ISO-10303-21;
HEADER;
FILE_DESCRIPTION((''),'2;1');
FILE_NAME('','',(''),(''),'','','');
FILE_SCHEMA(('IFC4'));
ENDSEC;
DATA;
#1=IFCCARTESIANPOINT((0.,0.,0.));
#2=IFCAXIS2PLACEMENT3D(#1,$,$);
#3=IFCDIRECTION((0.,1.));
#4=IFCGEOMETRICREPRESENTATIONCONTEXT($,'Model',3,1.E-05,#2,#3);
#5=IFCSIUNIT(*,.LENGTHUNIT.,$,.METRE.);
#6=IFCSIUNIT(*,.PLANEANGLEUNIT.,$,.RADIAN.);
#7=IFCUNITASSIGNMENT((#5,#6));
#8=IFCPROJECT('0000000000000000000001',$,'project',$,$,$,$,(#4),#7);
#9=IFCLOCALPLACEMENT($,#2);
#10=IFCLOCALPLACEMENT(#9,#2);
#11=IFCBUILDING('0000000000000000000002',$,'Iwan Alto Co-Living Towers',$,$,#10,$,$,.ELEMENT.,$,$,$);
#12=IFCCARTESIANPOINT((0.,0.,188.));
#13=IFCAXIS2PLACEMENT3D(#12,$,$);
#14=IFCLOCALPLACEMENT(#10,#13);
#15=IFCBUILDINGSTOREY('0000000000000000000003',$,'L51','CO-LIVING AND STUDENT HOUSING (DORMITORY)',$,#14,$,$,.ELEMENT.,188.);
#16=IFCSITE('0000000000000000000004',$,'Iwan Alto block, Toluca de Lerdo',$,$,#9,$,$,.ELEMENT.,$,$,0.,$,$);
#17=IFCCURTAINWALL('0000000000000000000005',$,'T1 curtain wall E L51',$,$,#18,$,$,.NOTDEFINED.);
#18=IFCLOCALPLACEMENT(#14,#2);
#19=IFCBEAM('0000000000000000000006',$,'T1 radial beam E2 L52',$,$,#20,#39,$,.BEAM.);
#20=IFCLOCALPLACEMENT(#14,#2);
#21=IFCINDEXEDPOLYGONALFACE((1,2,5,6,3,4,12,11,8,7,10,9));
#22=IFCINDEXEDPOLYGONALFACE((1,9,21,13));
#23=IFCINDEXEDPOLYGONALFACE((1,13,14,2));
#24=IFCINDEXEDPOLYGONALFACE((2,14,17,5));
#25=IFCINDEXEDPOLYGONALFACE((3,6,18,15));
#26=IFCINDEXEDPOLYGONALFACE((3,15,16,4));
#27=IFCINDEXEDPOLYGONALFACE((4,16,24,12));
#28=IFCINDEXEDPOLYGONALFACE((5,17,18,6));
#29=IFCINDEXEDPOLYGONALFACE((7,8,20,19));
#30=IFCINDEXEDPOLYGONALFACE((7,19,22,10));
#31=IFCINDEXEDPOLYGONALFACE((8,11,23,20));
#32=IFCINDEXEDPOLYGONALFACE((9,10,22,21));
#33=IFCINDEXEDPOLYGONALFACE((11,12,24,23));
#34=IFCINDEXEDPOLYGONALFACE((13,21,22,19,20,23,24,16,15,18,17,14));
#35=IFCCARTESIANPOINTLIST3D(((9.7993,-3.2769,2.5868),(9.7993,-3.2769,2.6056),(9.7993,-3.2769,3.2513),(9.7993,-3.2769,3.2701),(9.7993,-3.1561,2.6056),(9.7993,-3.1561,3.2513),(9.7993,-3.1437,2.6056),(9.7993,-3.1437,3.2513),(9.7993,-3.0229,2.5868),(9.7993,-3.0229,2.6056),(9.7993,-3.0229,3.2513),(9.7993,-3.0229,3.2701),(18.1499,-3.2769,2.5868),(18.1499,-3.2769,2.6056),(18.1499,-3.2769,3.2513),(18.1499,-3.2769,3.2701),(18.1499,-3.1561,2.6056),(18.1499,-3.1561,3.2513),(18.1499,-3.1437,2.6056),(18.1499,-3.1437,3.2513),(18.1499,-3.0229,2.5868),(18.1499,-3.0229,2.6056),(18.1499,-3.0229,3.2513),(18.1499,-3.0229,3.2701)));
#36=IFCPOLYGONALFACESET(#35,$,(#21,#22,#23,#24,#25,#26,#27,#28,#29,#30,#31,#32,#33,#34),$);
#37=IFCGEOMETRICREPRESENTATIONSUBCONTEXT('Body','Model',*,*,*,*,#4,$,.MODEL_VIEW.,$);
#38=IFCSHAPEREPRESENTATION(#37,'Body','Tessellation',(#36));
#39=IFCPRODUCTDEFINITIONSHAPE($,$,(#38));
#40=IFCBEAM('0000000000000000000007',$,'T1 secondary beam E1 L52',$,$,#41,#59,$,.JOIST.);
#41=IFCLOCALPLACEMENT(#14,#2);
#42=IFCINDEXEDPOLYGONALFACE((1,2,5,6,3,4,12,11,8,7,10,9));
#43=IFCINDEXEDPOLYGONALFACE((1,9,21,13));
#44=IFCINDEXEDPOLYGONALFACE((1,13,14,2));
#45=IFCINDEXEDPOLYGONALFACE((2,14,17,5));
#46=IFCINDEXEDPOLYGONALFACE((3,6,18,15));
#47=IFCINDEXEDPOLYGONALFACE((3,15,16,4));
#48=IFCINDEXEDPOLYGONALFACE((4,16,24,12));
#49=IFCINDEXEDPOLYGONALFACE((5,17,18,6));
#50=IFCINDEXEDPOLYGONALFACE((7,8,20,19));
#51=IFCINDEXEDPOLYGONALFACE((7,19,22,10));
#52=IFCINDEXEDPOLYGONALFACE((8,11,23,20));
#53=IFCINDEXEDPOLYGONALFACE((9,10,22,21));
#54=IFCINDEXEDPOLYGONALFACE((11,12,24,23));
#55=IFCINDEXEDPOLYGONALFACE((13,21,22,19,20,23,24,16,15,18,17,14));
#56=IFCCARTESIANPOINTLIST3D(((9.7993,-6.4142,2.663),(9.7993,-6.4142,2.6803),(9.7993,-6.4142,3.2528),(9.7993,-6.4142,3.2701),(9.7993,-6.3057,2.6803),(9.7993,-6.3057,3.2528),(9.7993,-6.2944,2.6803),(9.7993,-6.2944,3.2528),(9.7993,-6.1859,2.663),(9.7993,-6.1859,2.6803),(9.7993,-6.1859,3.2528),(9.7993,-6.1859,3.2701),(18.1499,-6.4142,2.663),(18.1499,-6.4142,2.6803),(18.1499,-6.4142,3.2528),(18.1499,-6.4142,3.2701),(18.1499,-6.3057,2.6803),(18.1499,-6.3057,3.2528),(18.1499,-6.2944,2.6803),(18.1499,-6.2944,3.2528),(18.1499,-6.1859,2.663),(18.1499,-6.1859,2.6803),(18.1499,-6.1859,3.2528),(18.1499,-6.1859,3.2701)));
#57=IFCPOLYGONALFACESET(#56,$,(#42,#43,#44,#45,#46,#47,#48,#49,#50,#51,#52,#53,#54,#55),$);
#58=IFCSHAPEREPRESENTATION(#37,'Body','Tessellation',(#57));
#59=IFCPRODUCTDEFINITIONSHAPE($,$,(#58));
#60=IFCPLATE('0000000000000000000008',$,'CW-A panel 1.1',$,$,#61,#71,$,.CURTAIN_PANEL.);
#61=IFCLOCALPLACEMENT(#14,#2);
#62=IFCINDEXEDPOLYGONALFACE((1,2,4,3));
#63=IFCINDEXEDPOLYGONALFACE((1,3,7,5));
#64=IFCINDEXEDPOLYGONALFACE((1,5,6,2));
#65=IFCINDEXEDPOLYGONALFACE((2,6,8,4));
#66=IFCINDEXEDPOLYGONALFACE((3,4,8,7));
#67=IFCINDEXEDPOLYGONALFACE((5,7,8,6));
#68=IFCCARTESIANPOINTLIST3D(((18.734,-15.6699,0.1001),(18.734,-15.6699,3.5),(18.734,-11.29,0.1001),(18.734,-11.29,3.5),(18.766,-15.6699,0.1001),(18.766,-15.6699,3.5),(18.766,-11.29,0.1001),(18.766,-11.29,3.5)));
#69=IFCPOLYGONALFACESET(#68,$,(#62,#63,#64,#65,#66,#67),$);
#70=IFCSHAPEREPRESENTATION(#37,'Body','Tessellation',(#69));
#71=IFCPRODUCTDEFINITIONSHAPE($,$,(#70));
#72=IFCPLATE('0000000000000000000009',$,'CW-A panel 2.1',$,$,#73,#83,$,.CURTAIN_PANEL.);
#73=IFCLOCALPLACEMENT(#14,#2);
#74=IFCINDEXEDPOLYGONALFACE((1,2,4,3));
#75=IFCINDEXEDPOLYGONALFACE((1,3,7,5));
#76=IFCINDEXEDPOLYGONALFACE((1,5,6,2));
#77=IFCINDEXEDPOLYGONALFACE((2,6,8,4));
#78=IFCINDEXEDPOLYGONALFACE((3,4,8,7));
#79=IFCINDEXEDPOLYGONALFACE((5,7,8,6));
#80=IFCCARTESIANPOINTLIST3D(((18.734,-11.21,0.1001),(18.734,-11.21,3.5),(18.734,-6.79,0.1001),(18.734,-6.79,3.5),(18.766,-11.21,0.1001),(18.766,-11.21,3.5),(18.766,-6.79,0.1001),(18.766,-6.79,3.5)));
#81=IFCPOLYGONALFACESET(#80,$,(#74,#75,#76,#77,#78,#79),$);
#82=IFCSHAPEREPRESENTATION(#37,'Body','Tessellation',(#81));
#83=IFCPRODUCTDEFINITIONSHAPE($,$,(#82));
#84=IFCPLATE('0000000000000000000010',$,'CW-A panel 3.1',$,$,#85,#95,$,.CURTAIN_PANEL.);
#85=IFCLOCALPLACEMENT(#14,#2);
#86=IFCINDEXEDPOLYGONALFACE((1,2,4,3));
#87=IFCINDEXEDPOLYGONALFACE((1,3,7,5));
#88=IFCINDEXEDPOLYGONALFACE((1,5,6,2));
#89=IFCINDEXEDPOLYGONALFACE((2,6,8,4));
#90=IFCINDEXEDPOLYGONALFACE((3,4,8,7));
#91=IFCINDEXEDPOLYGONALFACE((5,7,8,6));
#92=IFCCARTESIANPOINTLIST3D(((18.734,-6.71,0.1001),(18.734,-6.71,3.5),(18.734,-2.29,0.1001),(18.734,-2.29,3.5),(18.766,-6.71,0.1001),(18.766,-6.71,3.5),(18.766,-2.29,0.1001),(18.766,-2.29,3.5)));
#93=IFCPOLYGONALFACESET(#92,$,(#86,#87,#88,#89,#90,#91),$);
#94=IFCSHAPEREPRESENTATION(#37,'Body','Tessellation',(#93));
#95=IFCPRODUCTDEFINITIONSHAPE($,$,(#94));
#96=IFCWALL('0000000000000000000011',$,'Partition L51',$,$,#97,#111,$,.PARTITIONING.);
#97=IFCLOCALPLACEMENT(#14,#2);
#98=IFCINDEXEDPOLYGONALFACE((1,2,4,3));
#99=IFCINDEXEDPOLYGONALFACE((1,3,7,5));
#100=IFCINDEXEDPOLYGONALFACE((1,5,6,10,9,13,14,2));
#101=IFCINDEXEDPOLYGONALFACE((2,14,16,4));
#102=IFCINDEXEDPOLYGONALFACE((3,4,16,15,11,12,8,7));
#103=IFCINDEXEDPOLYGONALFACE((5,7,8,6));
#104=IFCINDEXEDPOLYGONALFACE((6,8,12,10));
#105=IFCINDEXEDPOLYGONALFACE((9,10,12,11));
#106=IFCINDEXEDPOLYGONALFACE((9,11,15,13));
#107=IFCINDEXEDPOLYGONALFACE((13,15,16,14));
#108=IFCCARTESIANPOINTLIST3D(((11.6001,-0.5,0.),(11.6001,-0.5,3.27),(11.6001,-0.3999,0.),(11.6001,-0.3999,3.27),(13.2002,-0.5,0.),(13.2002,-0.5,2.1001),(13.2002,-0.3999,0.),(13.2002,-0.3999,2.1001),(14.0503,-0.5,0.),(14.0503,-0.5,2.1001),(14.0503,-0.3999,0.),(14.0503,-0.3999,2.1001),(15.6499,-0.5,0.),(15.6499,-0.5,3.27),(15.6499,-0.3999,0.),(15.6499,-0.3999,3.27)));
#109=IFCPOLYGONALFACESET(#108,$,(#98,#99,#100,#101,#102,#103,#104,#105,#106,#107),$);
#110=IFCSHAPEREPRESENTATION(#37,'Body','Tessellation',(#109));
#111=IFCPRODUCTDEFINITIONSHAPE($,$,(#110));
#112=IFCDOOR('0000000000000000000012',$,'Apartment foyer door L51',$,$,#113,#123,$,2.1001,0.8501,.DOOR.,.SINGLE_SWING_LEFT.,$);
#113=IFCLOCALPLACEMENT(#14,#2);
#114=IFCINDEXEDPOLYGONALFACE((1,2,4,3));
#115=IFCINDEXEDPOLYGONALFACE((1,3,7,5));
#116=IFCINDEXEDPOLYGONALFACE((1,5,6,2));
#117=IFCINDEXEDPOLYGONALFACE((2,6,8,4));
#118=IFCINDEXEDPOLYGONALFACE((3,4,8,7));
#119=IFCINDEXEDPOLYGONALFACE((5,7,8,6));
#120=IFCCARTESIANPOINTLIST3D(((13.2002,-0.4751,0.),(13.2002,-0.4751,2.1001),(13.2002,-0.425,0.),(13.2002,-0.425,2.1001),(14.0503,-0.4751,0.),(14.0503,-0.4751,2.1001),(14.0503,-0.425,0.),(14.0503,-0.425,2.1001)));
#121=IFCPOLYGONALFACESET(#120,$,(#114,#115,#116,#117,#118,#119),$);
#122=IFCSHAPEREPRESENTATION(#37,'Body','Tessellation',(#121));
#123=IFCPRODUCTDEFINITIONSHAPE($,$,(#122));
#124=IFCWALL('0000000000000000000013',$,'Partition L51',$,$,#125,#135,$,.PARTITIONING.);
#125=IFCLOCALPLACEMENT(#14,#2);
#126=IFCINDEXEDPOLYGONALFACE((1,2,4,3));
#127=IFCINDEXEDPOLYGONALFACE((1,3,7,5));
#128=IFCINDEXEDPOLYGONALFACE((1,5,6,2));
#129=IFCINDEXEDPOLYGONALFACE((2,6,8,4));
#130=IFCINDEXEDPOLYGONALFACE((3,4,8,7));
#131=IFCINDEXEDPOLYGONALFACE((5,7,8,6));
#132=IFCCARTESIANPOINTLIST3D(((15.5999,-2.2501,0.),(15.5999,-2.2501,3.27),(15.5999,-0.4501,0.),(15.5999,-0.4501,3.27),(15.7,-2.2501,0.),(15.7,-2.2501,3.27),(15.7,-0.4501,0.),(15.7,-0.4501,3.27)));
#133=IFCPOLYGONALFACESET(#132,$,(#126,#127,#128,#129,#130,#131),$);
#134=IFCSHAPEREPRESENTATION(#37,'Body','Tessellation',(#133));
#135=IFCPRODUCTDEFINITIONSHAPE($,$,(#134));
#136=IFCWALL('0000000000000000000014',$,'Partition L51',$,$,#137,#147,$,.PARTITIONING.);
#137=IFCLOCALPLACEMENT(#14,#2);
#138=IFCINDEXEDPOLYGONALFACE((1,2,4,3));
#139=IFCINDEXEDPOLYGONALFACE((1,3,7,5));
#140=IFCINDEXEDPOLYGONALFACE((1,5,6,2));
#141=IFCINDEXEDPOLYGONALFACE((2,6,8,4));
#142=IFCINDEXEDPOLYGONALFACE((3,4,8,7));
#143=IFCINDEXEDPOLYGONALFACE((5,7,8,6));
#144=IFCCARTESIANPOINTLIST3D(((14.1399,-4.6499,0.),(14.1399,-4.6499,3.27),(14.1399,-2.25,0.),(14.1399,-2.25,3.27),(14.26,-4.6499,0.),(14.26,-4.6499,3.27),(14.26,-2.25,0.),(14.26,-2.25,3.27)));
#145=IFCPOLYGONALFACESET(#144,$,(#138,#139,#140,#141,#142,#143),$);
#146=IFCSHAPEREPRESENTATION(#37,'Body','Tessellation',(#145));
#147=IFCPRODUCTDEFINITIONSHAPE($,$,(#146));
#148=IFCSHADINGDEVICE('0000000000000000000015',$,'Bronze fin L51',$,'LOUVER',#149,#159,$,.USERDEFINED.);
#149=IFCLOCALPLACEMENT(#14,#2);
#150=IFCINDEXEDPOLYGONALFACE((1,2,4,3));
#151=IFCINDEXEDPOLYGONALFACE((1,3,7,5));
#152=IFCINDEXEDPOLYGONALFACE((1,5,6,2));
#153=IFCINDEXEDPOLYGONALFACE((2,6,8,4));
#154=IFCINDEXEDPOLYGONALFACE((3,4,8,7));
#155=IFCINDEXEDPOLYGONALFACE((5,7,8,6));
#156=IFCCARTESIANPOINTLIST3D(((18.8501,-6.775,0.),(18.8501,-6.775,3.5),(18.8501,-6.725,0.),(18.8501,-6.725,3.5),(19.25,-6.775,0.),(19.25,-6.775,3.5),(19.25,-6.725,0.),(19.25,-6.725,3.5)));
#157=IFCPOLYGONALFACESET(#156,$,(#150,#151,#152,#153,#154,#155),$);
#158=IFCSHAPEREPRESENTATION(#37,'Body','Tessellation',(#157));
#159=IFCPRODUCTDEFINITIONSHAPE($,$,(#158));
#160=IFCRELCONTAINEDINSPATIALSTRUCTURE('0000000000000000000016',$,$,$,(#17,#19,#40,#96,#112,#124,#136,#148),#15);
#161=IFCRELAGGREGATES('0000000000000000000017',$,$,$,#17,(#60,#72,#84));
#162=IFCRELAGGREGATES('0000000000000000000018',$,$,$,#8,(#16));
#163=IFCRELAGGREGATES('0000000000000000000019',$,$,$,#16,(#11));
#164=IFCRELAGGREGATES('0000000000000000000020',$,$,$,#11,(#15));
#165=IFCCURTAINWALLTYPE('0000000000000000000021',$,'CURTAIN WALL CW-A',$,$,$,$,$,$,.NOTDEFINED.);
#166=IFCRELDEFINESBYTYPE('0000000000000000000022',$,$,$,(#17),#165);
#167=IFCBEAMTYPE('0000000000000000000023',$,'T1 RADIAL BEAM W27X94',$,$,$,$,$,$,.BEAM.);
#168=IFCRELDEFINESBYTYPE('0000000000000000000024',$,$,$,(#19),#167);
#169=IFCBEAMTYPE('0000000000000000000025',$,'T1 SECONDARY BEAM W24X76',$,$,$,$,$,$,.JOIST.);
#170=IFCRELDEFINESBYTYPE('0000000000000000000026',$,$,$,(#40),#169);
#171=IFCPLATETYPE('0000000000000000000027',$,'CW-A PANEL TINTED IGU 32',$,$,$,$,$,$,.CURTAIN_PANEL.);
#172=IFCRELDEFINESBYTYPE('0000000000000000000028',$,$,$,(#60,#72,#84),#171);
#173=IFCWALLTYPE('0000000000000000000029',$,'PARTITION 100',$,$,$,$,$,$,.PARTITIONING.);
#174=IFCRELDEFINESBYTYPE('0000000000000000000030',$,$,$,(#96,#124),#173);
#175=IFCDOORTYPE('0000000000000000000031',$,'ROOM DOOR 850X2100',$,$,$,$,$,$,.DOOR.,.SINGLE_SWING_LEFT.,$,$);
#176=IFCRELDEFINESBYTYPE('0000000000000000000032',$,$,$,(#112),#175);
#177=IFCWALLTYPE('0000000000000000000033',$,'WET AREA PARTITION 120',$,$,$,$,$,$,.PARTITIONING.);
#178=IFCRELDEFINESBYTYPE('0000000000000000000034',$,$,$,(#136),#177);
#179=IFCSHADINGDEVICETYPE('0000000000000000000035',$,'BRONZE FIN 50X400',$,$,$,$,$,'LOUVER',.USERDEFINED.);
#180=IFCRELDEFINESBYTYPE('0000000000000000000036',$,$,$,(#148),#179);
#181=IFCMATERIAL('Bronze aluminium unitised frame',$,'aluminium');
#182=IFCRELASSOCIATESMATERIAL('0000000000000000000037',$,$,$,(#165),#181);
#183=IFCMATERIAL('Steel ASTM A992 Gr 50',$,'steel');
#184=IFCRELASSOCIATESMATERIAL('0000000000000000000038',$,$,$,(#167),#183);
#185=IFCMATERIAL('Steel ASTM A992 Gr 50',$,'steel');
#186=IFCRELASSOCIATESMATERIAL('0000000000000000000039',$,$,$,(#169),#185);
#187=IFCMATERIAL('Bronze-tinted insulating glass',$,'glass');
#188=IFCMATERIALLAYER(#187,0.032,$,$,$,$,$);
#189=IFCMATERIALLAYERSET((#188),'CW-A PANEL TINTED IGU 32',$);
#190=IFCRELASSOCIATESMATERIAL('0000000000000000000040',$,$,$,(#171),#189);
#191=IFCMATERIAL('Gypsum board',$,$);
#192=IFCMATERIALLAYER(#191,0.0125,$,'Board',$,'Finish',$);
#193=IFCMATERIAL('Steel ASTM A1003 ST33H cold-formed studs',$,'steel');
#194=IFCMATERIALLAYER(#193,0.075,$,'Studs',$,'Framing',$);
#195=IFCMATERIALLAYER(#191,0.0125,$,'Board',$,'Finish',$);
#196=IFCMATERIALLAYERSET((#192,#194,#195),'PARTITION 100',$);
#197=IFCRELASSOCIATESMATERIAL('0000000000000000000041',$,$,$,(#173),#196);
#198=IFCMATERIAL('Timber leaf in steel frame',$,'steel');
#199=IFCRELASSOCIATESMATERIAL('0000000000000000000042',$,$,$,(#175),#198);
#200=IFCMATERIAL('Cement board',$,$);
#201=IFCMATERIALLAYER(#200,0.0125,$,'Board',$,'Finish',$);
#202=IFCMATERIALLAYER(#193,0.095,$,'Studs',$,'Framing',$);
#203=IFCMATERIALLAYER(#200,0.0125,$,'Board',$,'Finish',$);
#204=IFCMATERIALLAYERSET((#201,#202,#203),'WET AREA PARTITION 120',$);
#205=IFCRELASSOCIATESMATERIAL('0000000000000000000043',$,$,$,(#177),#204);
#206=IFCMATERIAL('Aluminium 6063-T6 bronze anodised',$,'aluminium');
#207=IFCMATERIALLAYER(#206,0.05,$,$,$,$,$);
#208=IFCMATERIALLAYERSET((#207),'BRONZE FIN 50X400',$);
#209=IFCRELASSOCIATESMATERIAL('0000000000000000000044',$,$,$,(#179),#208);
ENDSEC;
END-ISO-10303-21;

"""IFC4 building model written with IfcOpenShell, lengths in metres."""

from ifc_helpers import new_model, si_unit, direction, frame, frame_2d, origin, origin_2d, place, context, subcontext, project, spatial, rectangle, i_section, extrude, material, layer, layer_set, material_profile, profile_set, type_object, element, fill, aggregate, save


model = new_model("IFC4")

# Units and contexts
model_context = context("Model", 3, precision=1e-05, world=origin(), true_north=direction((0.0, 1.0)))
body_context = subcontext(model_context, "Body", "Model", "MODEL_VIEW")
ifc_project = project(units=[si_unit("LENGTHUNIT", "METRE"), si_unit("PLANEANGLEUNIT", "RADIAN")], contexts=[model_context])

# Site, building, storey
site_placement = place(None, origin())
site = spatial("IfcSite", under=ifc_project, at=site_placement, Name="Iwan Alto block, Toluca de Lerdo", CompositionType="ELEMENT", RefElevation=0.0)
building_placement = place(site_placement, origin())
building = spatial("IfcBuilding", under=site, at=building_placement, Name="Iwan Alto Co-Living Towers", CompositionType="ELEMENT")
storey_placement = place(building_placement, frame((0.0, 0.0, 188.0)))
storey = spatial("IfcBuildingStorey", under=building, at=storey_placement, Name="L51", Description="CO-LIVING AND STUDENT HOUSING (DORMITORY)", CompositionType="ELEMENT", Elevation=188.0)

# Curtain wall
ifc_material_1 = material(Name="Bronze aluminium unitised frame", Category="aluminium")
curtain_wall_type = type_object("IfcCurtainWallType", Name="CURTAIN WALL CW-A", PredefinedType="NOTDEFINED", material=ifc_material_1)
curtain_wall_placement = place(storey_placement, origin())
curtain_wall = element("IfcCurtainWall", 1, at=curtain_wall_placement, inside=storey, type_object=curtain_wall_type, Name="T1 curtain wall E L51", PredefinedType="NOTDEFINED")

# Beams
ifc_material_2 = material(Name="Steel ASTM A992 Gr 50", Category="steel")
ifc_material_profile_1 = material_profile(ifc_material_2, i_section(OverallWidth=0.2539, OverallDepth=0.6833, WebThickness=0.0125, FlangeThickness=0.0188, at=origin_2d()), Name="W27X94")
ifc_profile_set_1 = profile_set([ifc_material_profile_1], Name="Steel ASTM A992 Gr 50")
beam_type_1 = type_object("IfcBeamType", Name="T1 RADIAL BEAM W27X94", PredefinedType="BEAM", material=ifc_profile_set_1)
for number, where, z_axis, x_axis, name in (
    (2, (18.1499, -3.1499, 2.9285), (-1.0, 0.0, 0.0), (0.0, -1.0, 0.0), "T1 radial beam E2 L52"),
):
    element("IfcBeam", number, at=place(storey_placement, frame(where, z_axis=z_axis, x_axis=x_axis)), inside=storey, type_object=beam_type_1, Name=name, PredefinedType="BEAM", context=body_context, shape_type="SweptSolid", body=[
        extrude(i_section(OverallWidth=0.2539, OverallDepth=0.6833, WebThickness=0.0125, FlangeThickness=0.0188, at=origin_2d()), origin(), (0.0, 0.0, 1.0), 8.3506),
    ])
ifc_material_3 = material(Name="Steel ASTM A992 Gr 50", Category="steel")
ifc_material_profile_2 = material_profile(ifc_material_3, i_section(OverallWidth=0.2283, OverallDepth=0.6072, WebThickness=0.0112, FlangeThickness=0.0173, at=origin_2d()), Name="W24X76")
ifc_profile_set_2 = profile_set([ifc_material_profile_2], Name="Steel ASTM A992 Gr 50")
beam_type_2 = type_object("IfcBeamType", Name="T1 SECONDARY BEAM W24X76", PredefinedType="JOIST", material=ifc_profile_set_2)
beam_1_placement = place(storey_placement, frame((18.1499, -6.3, 2.9666), z_axis=(-1.0, 0.0, 0.0), x_axis=(0.0, -1.0, 0.0)))
element("IfcBeam", 3, at=beam_1_placement, inside=storey, type_object=beam_type_2, Name="T1 secondary beam E1 L52", PredefinedType="JOIST", context=body_context, shape_type="SweptSolid", body=[
    extrude(i_section(OverallWidth=0.2283, OverallDepth=0.6072, WebThickness=0.0112, FlangeThickness=0.0173, at=origin_2d()), origin(), (0.0, 0.0, 1.0), 8.3506),
])

# Plates
ifc_material_4 = material(Name="Bronze-tinted insulating glass", Category="glass")
ifc_layer_1 = layer(ifc_material_4, 0.032)
ifc_layer_set_1 = layer_set([ifc_layer_1], Name="CW-A PANEL TINTED IGU 32")
plate_type = type_object("IfcPlateType", Name="CW-A PANEL TINTED IGU 32", PredefinedType="CURTAIN_PANEL", material=ifc_layer_set_1)
plate_1_placement = place(storey_placement, frame((18.75, -13.48, 0.1001), z_axis=(0.0, 0.0, 1.0), x_axis=(0.0, 1.0, 0.0)))
plate_1 = element("IfcPlate", 4, at=plate_1_placement, type_object=plate_type, Name="CW-A panel 1.1", PredefinedType="CURTAIN_PANEL", context=body_context, shape_type="SweptSolid", body=[
    extrude(rectangle(XDim=4.3799, YDim=0.032, at=origin_2d()), origin(), (0.0, 0.0, 1.0), 3.3999),
])
plate_2_placement = place(storey_placement, frame((18.75, -9.0, 0.1001), z_axis=(0.0, 0.0, 1.0), x_axis=(0.0, 1.0, 0.0)))
plate_2 = element("IfcPlate", 5, at=plate_2_placement, type_object=plate_type, Name="CW-A panel 2.1", PredefinedType="CURTAIN_PANEL", context=body_context, shape_type="SweptSolid", body=[
    extrude(rectangle(XDim=4.4199, YDim=0.032, at=origin_2d()), origin(), (0.0, 0.0, 1.0), 3.3999),
])
plate_3_placement = place(storey_placement, frame((18.75, -4.5, 0.1001), z_axis=(0.0, 0.0, 1.0), x_axis=(0.0, 1.0, 0.0)))
plate_3 = element("IfcPlate", 6, at=plate_3_placement, type_object=plate_type, Name="CW-A panel 3.1", PredefinedType="CURTAIN_PANEL", context=body_context, shape_type="SweptSolid", body=[
    extrude(rectangle(XDim=4.4199, YDim=0.032, at=origin_2d()), origin(), (0.0, 0.0, 1.0), 3.3999),
])
aggregate(curtain_wall, [plate_1, plate_2, plate_3])

# Wall, opening, door
ifc_material_5 = material(Name="Gypsum board")
ifc_layer_2 = layer(ifc_material_5, 0.0125, Name="Board", Category="Finish")
ifc_material_6 = material(Name="Steel ASTM A1003 ST33H cold-formed studs", Category="steel")
ifc_layer_3 = layer(ifc_material_6, 0.075, Name="Studs", Category="Framing")
ifc_layer_4 = layer(ifc_material_5, 0.0125, Name="Board", Category="Finish")
ifc_layer_set_2 = layer_set([ifc_layer_2, ifc_layer_3, ifc_layer_4], Name="PARTITION 100")
wall_type_1 = type_object("IfcWallType", Name="PARTITION 100", PredefinedType="PARTITIONING", material=ifc_layer_set_2)
wall_1_placement = place(storey_placement, frame((11.6001, -0.45, 0.0), z_axis=(0.0, 0.0, 1.0), x_axis=(1.0, 0.0, 0.0)))
wall_1 = element("IfcWall", 7, at=wall_1_placement, inside=storey, type_object=wall_type_1, Name="Partition L51", PredefinedType="PARTITIONING", context=body_context, shape_type="SweptSolid", body=[
    extrude(rectangle(XDim=4.0498, YDim=0.1001, at=frame_2d((2.0249, 0.0))), origin(), (0.0, 0.0, 1.0), 3.27),
])
opening_placement = place(wall_1_placement, frame((1.6001, 0.0, 0.0)))
opening = element("IfcOpeningElement", 8, at=opening_placement, cuts=wall_1, PredefinedType="OPENING", context=body_context, shape_type="SweptSolid", body=[
    extrude(rectangle(XDim=0.8501, YDim=2.1001, at=frame_2d((0.425, 1.05))), frame((0.0, 0.0601, 0.0), z_axis=(0.0, -1.0, 0.0), x_axis=(1.0, 0.0, 0.0)), (0.0, 0.0, 1.0), 0.1201),
])
ifc_material_7 = material(Name="Timber leaf in steel frame", Category="steel")
door_type = type_object("IfcDoorType", Name="ROOM DOOR 850X2100", OperationType="SINGLE_SWING_LEFT", PredefinedType="DOOR", material=ifc_material_7)
door_placement = place(opening_placement, origin())
door = element("IfcDoor", 9, at=door_placement, inside=storey, type_object=door_type, Name="Apartment foyer door L51", OperationType="SINGLE_SWING_LEFT", OverallHeight=2.1001, OverallWidth=0.8501, PredefinedType="DOOR", context=body_context, shape_type="SweptSolid", body=[
    extrude(rectangle(XDim=0.8501, YDim=2.1001, at=frame_2d((0.425, 1.05))), frame((0.0, 0.0249, 0.0), z_axis=(0.0, -1.0, 0.0), x_axis=(1.0, 0.0, 0.0)), (0.0, 0.0, 1.0), 0.05),
])
fill(opening, door)

# Walls
wall_2_placement = place(storey_placement, frame((15.6499, -2.25, 0.0), z_axis=(0.0, 0.0, 1.0), x_axis=(0.0, 1.0, 0.0)))
element("IfcWall", 10, at=wall_2_placement, inside=storey, type_object=wall_type_1, Name="Partition L51", PredefinedType="PARTITIONING", context=body_context, shape_type="SweptSolid", body=[
    extrude(rectangle(XDim=1.8, YDim=0.1001, at=frame_2d((0.8999, 0.0))), origin(), (0.0, 0.0, 1.0), 3.27),
])
ifc_material_8 = material(Name="Cement board")
ifc_layer_5 = layer(ifc_material_8, 0.0125, Name="Board", Category="Finish")
ifc_layer_6 = layer(ifc_material_6, 0.095, Name="Studs", Category="Framing")
ifc_layer_7 = layer(ifc_material_8, 0.0125, Name="Board", Category="Finish")
ifc_layer_set_3 = layer_set([ifc_layer_5, ifc_layer_6, ifc_layer_7], Name="WET AREA PARTITION 120")
wall_type_2 = type_object("IfcWallType", Name="WET AREA PARTITION 120", PredefinedType="PARTITIONING", material=ifc_layer_set_3)
wall_3_placement = place(storey_placement, frame((14.2, -4.6499, 0.0), z_axis=(0.0, 0.0, 1.0), x_axis=(0.0, 1.0, 0.0)))
element("IfcWall", 11, at=wall_3_placement, inside=storey, type_object=wall_type_2, Name="Partition L51", PredefinedType="PARTITIONING", context=body_context, shape_type="SweptSolid", body=[
    extrude(rectangle(XDim=2.3999, YDim=0.1201, at=frame_2d((1.2, 0.0))), origin(), (0.0, 0.0, 1.0), 3.27),
])

# Shading device
ifc_material_9 = material(Name="Aluminium 6063-T6 bronze anodised", Category="aluminium")
ifc_layer_8 = layer(ifc_material_9, 0.05)
ifc_layer_set_4 = layer_set([ifc_layer_8], Name="BRONZE FIN 50X400")
shading_device_type = type_object("IfcShadingDeviceType", Name="BRONZE FIN 50X400", ElementType="LOUVER", PredefinedType="USERDEFINED", material=ifc_layer_set_4)
shading_device_placement = place(storey_placement, frame((19.05, -6.75, 0.0), z_axis=(0.0, 0.0, 1.0), x_axis=(0.0, 1.0, 0.0)))
element("IfcShadingDevice", 12, at=shading_device_placement, inside=storey, type_object=shading_device_type, Name="Bronze fin L51", ObjectType="LOUVER", PredefinedType="USERDEFINED", context=body_context, shape_type="SweptSolid", body=[
    extrude(rectangle(XDim=0.05, YDim=0.3999, at=origin_2d()), origin(), (0.0, 0.0, 1.0), 3.5),
])

save(model, "model.ifc")
